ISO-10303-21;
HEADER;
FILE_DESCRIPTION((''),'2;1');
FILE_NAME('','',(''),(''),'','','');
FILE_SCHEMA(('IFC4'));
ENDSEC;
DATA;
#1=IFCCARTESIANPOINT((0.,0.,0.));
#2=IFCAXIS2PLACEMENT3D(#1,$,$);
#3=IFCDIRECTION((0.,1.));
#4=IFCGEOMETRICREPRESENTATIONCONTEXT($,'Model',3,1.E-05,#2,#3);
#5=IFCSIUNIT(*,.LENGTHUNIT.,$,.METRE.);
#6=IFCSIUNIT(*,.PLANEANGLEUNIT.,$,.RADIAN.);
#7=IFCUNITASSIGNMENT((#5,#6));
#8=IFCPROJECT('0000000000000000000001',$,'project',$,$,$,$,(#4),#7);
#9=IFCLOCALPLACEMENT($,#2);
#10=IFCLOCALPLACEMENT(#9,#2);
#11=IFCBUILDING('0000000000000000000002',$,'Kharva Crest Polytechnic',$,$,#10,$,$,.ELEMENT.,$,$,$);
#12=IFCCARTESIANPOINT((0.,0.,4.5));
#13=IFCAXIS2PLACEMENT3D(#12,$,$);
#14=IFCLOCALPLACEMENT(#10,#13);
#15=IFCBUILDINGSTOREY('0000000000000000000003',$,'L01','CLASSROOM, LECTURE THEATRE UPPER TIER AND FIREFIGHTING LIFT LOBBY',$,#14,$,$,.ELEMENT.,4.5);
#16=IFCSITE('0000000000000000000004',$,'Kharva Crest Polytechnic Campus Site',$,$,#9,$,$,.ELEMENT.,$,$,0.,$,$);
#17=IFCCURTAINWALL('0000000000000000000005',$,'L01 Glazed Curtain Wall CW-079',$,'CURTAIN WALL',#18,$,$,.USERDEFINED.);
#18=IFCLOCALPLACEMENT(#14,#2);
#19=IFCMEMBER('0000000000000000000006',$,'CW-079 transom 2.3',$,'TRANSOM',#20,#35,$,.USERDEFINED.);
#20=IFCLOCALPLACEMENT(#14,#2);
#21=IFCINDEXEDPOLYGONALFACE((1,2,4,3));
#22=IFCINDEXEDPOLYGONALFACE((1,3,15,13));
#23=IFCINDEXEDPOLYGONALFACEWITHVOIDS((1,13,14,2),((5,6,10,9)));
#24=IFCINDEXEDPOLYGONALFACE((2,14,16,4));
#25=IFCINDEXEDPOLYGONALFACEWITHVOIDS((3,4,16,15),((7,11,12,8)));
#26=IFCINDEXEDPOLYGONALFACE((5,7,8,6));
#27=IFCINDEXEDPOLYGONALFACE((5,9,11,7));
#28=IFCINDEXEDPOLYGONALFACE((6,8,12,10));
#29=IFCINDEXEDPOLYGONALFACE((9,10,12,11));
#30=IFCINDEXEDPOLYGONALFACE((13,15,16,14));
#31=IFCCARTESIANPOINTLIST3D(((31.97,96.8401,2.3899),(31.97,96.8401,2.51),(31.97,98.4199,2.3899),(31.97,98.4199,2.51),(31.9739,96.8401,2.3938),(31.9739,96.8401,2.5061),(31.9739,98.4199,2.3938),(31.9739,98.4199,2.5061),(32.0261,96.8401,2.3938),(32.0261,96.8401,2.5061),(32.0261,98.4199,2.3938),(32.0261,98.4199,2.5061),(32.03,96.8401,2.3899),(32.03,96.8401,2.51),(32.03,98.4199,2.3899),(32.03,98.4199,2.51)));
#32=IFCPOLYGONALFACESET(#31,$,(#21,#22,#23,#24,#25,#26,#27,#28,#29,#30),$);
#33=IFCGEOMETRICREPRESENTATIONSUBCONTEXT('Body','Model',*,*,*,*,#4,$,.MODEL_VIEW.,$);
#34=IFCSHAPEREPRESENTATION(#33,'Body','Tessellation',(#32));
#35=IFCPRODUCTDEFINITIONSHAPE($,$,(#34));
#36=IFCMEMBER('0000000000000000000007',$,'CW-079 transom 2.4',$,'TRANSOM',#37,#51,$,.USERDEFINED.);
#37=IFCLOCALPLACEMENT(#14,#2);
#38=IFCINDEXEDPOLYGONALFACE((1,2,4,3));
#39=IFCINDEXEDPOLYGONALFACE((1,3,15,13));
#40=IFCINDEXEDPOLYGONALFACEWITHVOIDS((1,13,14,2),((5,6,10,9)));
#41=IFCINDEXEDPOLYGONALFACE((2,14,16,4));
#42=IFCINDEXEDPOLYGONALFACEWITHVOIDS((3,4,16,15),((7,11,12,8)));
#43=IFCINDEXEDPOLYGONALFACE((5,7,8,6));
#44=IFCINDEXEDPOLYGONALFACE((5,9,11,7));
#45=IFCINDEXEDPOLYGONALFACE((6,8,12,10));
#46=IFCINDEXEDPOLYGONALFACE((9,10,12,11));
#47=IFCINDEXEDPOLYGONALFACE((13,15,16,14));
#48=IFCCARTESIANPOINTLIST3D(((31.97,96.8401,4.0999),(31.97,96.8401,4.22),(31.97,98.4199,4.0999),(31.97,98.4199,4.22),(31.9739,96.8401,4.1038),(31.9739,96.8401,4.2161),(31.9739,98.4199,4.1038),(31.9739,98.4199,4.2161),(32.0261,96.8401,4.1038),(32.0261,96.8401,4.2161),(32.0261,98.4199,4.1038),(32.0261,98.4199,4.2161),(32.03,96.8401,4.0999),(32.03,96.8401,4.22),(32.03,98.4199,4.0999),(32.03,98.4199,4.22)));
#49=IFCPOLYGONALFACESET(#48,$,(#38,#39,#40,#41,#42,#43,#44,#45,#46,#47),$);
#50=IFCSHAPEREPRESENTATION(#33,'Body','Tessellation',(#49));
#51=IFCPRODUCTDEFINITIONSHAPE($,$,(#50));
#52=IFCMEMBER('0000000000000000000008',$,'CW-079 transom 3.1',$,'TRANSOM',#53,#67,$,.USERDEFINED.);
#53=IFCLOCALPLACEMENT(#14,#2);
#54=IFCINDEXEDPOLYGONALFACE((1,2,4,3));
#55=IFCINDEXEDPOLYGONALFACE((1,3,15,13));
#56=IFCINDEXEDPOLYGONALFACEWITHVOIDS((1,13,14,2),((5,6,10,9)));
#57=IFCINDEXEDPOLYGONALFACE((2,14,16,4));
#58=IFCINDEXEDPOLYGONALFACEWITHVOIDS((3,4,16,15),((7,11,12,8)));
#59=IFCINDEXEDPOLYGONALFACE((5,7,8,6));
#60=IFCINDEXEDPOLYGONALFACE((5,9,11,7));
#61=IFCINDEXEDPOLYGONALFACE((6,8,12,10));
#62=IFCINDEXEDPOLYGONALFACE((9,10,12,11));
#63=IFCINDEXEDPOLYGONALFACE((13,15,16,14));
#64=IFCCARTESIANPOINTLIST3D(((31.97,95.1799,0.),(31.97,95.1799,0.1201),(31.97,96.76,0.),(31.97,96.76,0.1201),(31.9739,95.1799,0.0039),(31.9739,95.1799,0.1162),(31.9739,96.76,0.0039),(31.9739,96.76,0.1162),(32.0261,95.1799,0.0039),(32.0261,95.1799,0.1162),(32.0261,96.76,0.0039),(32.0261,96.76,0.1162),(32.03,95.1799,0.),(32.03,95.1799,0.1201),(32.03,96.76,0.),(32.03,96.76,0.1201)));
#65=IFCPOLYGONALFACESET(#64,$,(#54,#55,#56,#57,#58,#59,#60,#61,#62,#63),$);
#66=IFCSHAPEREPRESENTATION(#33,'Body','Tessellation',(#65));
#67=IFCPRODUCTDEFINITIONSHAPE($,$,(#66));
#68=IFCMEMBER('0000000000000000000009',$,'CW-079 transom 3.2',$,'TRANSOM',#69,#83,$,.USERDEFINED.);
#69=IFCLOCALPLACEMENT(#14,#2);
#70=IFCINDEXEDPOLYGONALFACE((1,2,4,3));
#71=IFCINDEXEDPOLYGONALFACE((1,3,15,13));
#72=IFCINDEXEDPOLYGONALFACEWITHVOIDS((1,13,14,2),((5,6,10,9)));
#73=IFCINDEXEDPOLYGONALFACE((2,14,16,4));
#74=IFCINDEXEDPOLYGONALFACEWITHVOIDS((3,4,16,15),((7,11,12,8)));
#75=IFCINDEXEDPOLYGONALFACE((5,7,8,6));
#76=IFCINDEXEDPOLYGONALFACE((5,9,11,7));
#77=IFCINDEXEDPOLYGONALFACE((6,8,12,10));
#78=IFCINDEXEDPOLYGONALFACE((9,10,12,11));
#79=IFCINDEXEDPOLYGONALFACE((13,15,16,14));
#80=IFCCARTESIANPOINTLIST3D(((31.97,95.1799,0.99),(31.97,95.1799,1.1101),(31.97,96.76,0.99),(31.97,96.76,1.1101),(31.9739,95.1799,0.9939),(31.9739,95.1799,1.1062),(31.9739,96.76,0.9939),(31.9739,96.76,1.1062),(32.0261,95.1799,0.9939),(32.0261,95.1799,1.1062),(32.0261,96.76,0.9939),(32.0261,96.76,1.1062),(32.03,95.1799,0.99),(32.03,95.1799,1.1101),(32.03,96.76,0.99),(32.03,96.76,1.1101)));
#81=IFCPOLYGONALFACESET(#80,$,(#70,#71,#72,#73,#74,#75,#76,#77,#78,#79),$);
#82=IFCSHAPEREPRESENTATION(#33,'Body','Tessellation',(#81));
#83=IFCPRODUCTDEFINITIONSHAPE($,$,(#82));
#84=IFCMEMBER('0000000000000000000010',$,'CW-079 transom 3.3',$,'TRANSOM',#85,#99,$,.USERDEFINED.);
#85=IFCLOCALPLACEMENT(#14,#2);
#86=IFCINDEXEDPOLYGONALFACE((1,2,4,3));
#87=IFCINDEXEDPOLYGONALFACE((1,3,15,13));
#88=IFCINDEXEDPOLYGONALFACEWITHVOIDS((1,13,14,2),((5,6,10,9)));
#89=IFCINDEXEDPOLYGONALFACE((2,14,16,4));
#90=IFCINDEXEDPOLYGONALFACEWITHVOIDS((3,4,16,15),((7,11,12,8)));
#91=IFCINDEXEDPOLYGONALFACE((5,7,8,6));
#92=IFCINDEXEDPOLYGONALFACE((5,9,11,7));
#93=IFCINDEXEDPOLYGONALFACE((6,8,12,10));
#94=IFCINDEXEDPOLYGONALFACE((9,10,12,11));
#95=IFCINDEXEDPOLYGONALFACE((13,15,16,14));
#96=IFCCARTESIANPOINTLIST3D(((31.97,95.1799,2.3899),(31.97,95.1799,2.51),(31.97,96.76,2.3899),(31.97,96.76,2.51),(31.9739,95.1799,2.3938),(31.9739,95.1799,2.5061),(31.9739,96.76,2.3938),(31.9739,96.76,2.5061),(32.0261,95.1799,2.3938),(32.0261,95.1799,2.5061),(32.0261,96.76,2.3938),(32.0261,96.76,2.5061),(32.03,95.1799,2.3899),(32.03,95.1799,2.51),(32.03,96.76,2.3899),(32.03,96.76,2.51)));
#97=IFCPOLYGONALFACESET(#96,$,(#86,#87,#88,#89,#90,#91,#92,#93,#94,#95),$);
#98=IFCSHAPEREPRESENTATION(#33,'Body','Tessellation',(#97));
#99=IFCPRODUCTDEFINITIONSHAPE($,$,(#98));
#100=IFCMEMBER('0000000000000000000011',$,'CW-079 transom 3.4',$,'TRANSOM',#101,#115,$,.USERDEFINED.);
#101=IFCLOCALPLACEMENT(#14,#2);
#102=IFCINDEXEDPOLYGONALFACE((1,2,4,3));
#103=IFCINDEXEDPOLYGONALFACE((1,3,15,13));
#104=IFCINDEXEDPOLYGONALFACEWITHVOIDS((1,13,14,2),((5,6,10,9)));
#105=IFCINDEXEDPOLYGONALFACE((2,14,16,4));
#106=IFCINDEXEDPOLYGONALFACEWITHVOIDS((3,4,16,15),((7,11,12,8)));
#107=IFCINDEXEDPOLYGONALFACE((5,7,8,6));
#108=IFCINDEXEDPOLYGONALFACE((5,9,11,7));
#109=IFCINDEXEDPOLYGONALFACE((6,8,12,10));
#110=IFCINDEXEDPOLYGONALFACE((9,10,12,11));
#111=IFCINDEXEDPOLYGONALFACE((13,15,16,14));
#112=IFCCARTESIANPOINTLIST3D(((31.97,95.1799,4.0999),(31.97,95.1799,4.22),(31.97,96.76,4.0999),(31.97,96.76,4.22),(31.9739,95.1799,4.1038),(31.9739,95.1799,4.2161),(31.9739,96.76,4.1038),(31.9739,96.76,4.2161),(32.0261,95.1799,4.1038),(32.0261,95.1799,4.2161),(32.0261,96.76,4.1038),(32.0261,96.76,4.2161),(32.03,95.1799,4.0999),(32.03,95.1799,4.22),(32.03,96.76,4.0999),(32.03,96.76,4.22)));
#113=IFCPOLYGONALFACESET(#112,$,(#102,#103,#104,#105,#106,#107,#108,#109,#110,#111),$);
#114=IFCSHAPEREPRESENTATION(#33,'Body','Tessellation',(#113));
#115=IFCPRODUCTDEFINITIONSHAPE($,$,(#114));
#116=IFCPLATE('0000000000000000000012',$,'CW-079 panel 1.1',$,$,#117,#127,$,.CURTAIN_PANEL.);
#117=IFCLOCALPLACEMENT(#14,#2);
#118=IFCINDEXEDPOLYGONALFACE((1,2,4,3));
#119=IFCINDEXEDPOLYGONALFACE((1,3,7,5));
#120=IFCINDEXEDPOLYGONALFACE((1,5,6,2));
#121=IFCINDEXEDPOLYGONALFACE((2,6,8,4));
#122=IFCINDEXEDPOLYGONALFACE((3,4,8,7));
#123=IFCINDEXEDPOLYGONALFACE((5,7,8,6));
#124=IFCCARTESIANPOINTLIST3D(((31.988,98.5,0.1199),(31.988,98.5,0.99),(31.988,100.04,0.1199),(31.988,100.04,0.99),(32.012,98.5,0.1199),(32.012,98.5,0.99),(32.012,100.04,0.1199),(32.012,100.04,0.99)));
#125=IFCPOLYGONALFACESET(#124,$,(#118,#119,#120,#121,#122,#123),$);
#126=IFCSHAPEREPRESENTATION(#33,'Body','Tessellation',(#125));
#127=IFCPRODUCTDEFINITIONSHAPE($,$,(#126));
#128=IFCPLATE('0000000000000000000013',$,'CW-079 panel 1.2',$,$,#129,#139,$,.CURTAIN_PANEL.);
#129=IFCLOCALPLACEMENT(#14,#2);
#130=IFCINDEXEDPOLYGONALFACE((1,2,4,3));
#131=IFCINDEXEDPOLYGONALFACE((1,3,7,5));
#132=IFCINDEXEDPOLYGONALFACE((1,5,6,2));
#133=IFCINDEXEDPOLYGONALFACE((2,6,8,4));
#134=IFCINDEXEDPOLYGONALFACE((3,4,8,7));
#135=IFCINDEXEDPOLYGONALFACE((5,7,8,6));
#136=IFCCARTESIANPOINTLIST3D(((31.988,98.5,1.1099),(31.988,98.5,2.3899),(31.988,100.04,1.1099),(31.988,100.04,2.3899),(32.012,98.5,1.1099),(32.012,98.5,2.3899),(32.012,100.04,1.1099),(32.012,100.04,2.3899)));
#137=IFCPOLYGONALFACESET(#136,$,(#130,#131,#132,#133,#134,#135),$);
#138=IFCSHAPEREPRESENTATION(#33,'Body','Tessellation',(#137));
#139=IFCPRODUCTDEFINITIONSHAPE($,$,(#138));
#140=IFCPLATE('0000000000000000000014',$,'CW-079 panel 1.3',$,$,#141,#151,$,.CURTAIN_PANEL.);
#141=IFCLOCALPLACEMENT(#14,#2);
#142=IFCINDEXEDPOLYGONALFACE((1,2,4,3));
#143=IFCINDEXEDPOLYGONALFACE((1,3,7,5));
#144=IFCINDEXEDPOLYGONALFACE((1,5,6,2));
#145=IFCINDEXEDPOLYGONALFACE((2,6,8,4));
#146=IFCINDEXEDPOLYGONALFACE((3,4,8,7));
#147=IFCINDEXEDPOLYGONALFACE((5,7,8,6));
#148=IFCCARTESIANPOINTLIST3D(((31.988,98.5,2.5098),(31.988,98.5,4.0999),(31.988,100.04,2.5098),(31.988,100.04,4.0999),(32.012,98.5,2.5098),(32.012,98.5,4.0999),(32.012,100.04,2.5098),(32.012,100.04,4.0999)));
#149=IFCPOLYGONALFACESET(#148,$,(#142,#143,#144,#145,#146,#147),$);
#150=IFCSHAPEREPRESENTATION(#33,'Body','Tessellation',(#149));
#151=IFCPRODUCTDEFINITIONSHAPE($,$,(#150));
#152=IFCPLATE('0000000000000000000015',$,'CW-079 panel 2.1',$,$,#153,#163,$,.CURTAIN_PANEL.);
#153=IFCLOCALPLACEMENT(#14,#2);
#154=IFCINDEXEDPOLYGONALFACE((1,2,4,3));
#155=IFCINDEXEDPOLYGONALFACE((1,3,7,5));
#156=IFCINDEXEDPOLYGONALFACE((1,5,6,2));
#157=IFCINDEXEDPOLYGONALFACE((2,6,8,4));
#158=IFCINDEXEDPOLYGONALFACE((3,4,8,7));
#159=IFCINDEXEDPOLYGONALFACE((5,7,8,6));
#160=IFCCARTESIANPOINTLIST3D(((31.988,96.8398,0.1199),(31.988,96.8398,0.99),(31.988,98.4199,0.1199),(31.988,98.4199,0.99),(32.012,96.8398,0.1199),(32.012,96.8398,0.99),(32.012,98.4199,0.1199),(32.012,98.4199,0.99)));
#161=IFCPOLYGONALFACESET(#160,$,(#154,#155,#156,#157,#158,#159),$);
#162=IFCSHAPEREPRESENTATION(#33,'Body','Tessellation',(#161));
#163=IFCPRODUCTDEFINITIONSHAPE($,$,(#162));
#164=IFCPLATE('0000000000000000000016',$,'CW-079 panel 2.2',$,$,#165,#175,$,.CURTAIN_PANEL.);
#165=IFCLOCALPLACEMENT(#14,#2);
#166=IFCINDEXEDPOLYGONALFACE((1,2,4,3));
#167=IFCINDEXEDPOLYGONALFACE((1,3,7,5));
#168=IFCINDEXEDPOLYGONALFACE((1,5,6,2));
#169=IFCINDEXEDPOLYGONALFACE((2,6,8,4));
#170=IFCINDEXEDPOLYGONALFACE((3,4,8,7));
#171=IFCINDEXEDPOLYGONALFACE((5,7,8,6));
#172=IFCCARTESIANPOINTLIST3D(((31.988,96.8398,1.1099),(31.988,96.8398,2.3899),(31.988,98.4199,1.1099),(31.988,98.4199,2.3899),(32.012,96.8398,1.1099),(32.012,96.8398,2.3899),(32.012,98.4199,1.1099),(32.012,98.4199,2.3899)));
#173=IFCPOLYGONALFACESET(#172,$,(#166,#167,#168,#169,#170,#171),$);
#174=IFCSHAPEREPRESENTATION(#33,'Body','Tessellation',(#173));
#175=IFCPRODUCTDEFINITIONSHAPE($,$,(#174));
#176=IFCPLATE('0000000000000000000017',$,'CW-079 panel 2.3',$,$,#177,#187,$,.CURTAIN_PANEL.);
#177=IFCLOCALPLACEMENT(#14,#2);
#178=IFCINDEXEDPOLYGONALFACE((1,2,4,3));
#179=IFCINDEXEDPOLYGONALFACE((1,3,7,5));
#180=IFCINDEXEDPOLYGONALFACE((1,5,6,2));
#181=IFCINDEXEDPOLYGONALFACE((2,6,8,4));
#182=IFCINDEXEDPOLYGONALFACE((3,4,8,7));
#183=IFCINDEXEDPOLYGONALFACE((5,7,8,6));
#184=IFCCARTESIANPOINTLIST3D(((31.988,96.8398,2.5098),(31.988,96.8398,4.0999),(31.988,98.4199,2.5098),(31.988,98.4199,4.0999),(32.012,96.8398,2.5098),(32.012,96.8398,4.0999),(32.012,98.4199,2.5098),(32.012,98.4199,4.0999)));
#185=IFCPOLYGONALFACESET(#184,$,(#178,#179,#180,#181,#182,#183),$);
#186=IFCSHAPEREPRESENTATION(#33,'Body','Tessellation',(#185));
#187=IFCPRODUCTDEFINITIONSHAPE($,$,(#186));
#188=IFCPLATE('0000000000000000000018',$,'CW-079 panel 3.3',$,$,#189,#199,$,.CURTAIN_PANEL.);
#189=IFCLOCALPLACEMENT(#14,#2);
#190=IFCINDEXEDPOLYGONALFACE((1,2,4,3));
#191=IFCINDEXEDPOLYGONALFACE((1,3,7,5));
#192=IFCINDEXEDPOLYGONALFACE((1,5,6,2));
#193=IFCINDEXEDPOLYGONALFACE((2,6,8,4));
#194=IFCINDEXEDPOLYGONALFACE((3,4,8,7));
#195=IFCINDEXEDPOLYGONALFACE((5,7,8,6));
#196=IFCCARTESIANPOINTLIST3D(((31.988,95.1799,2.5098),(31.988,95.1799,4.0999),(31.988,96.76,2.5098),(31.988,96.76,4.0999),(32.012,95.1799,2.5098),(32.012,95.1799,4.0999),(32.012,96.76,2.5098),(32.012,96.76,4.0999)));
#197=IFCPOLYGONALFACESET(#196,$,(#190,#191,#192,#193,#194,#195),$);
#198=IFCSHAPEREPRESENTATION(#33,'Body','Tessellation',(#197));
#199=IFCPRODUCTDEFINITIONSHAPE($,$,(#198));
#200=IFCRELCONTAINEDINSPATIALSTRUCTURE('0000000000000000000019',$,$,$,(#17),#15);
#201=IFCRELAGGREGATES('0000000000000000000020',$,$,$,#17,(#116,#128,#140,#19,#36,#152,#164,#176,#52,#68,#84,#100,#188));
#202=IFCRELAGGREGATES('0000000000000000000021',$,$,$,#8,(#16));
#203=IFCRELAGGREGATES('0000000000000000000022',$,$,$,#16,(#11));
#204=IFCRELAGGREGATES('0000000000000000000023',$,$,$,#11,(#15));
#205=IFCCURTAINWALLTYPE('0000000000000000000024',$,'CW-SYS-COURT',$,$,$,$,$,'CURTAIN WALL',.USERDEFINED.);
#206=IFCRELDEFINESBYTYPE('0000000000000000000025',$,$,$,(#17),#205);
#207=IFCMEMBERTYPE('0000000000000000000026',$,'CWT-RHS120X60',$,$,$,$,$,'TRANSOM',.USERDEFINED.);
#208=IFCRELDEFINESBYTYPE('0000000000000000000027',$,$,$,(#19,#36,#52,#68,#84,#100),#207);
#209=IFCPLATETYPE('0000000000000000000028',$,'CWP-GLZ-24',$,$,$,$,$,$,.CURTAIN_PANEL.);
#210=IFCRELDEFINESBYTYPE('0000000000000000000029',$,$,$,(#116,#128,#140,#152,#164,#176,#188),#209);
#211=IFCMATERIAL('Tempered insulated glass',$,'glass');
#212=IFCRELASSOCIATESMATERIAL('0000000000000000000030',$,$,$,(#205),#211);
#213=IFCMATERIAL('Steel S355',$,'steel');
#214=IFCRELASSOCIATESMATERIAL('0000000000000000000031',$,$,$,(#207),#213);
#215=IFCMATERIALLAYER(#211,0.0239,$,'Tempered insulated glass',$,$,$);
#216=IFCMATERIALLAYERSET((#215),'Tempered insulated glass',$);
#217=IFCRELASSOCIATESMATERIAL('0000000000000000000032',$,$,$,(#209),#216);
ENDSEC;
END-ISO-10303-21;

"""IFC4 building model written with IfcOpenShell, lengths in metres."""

from ifc_helpers import new_model, si_unit, direction, frame, origin, origin_2d, place, context, subcontext, project, spatial, rectangle, hollow_rectangle, extrude, material, layer, layer_set, material_profile, profile_set, type_object, element, aggregate, save


model = new_model("IFC4")

# Units and contexts
model_context = context("Model", 3, precision=1e-05, world=origin(), true_north=direction((0.0, 1.0)))
body_context = subcontext(model_context, "Body", "Model", "MODEL_VIEW")
ifc_project = project(units=[si_unit("LENGTHUNIT", "METRE"), si_unit("PLANEANGLEUNIT", "RADIAN")], contexts=[model_context])

# Site, building, storey
site_placement = place(None, origin())
site = spatial("IfcSite", under=ifc_project, at=site_placement, Name="Kharva Crest Polytechnic Campus Site", CompositionType="ELEMENT", RefElevation=0.0)
building_placement = place(site_placement, origin())
building = spatial("IfcBuilding", under=site, at=building_placement, Name="Kharva Crest Polytechnic", CompositionType="ELEMENT")
storey_placement = place(building_placement, frame((0.0, 0.0, 4.5)))
storey = spatial("IfcBuildingStorey", under=building, at=storey_placement, Name="L01", Description="CLASSROOM, LECTURE THEATRE UPPER TIER AND FIREFIGHTING LIFT LOBBY", CompositionType="ELEMENT", Elevation=4.5)

# Curtain wall, members, plates
ifc_material_1 = material(Name="Tempered insulated glass", Category="glass")
curtain_wall_type = type_object("IfcCurtainWallType", Name="CW-SYS-COURT", ElementType="CURTAIN WALL", PredefinedType="USERDEFINED", material=ifc_material_1)
curtain_wall_placement = place(storey_placement, origin())
curtain_wall = element("IfcCurtainWall", 1, at=curtain_wall_placement, inside=storey, type_object=curtain_wall_type, Name="L01 Glazed Curtain Wall CW-079", ObjectType="CURTAIN WALL", PredefinedType="USERDEFINED")
ifc_material_2 = material(Name="Steel S355", Category="steel")
ifc_material_profile_1 = material_profile(ifc_material_2, hollow_rectangle(XDim=0.0601, YDim=0.1201, WallThickness=0.0039, at=origin_2d()), Name="RHS 120X60X4.0")
ifc_profile_set_1 = profile_set([ifc_material_profile_1], Name="Steel S355")
member_type_1 = type_object("IfcMemberType", Name="CWT-RHS120X60", ElementType="TRANSOM", PredefinedType="USERDEFINED", material=ifc_profile_set_1)
member_1_placement = place(storey_placement, frame((32.0, 98.4199, 2.45), z_axis=(0.0, -1.0, 0.0), x_axis=(1.0, 0.0, 0.0)))
member_1 = element("IfcMember", 2, at=member_1_placement, type_object=member_type_1, Name="CW-079 transom 2.3", ObjectType="TRANSOM", PredefinedType="USERDEFINED", context=body_context, shape_type="SweptSolid", body=[
    extrude(hollow_rectangle(XDim=0.0601, YDim=0.1201, WallThickness=0.0039, at=origin_2d()), origin(), (0.0, 0.0, 1.0), 1.5798),
])
member_2_placement = place(storey_placement, frame((32.0, 98.4199, 4.1599), z_axis=(0.0, -1.0, 0.0), x_axis=(1.0, 0.0, 0.0)))
member_2 = element("IfcMember", 3, at=member_2_placement, type_object=member_type_1, Name="CW-079 transom 2.4", ObjectType="TRANSOM", PredefinedType="USERDEFINED", context=body_context, shape_type="SweptSolid", body=[
    extrude(hollow_rectangle(XDim=0.0601, YDim=0.1201, WallThickness=0.0039, at=origin_2d()), origin(), (0.0, 0.0, 1.0), 1.5798),
])
member_3_placement = place(storey_placement, frame((32.0, 96.76, 0.0601), z_axis=(0.0, -1.0, 0.0), x_axis=(1.0, 0.0, 0.0)))
member_3 = element("IfcMember", 4, at=member_3_placement, type_object=member_type_1, Name="CW-079 transom 3.1", ObjectType="TRANSOM", PredefinedType="USERDEFINED", context=body_context, shape_type="SweptSolid", body=[
    extrude(hollow_rectangle(XDim=0.0601, YDim=0.1201, WallThickness=0.0039, at=origin_2d()), origin(), (0.0, 0.0, 1.0), 1.5801),
])
member_4_placement = place(storey_placement, frame((32.0, 96.76, 1.05), z_axis=(0.0, -1.0, 0.0), x_axis=(1.0, 0.0, 0.0)))
member_4 = element("IfcMember", 5, at=member_4_placement, type_object=member_type_1, Name="CW-079 transom 3.2", ObjectType="TRANSOM", PredefinedType="USERDEFINED", context=body_context, shape_type="SweptSolid", body=[
    extrude(hollow_rectangle(XDim=0.0601, YDim=0.1201, WallThickness=0.0039, at=origin_2d()), origin(), (0.0, 0.0, 1.0), 1.5801),
])
member_5_placement = place(storey_placement, frame((32.0, 96.76, 2.45), z_axis=(0.0, -1.0, 0.0), x_axis=(1.0, 0.0, 0.0)))
member_5 = element("IfcMember", 6, at=member_5_placement, type_object=member_type_1, Name="CW-079 transom 3.3", ObjectType="TRANSOM", PredefinedType="USERDEFINED", context=body_context, shape_type="SweptSolid", body=[
    extrude(hollow_rectangle(XDim=0.0601, YDim=0.1201, WallThickness=0.0039, at=origin_2d()), origin(), (0.0, 0.0, 1.0), 1.5801),
])
member_6_placement = place(storey_placement, frame((32.0, 96.76, 4.1599), z_axis=(0.0, -1.0, 0.0), x_axis=(1.0, 0.0, 0.0)))
member_6 = element("IfcMember", 7, at=member_6_placement, type_object=member_type_1, Name="CW-079 transom 3.4", ObjectType="TRANSOM", PredefinedType="USERDEFINED", context=body_context, shape_type="SweptSolid", body=[
    extrude(hollow_rectangle(XDim=0.0601, YDim=0.1201, WallThickness=0.0039, at=origin_2d()), origin(), (0.0, 0.0, 1.0), 1.5801),
])
ifc_layer = layer(ifc_material_1, 0.0239, Name="Tempered insulated glass")
ifc_layer_set = layer_set([ifc_layer], Name="Tempered insulated glass")
plate_type = type_object("IfcPlateType", Name="CWP-GLZ-24", PredefinedType="CURTAIN_PANEL", material=ifc_layer_set)
plate_1_placement = place(storey_placement, frame((32.0, 99.27, 0.1199), z_axis=(0.0, 0.0, 1.0), x_axis=(0.0, -1.0, 0.0)))
plate_1 = element("IfcPlate", 8, at=plate_1_placement, type_object=plate_type, Name="CW-079 panel 1.1", PredefinedType="CURTAIN_PANEL", context=body_context, shape_type="SweptSolid", body=[
    extrude(rectangle(XDim=1.54, YDim=0.0239, at=origin_2d()), origin(), (0.0, 0.0, 1.0), 0.8701),
])
plate_2_placement = place(storey_placement, frame((32.0, 99.27, 1.1099), z_axis=(0.0, 0.0, 1.0), x_axis=(0.0, -1.0, 0.0)))
plate_2 = element("IfcPlate", 9, at=plate_2_placement, type_object=plate_type, Name="CW-079 panel 1.2", PredefinedType="CURTAIN_PANEL", context=body_context, shape_type="SweptSolid", body=[
    extrude(rectangle(XDim=1.54, YDim=0.0239, at=origin_2d()), origin(), (0.0, 0.0, 1.0), 1.28),
])
plate_3_placement = place(storey_placement, frame((32.0, 99.27, 2.5098), z_axis=(0.0, 0.0, 1.0), x_axis=(0.0, -1.0, 0.0)))
plate_3 = element("IfcPlate", 10, at=plate_3_placement, type_object=plate_type, Name="CW-079 panel 1.3", PredefinedType="CURTAIN_PANEL", context=body_context, shape_type="SweptSolid", body=[
    extrude(rectangle(XDim=1.54, YDim=0.0239, at=origin_2d()), origin(), (0.0, 0.0, 1.0), 1.5901),
])
plate_4_placement = place(storey_placement, frame((32.0, 97.6299, 0.1199), z_axis=(0.0, 0.0, 1.0), x_axis=(0.0, -1.0, 0.0)))
plate_4 = element("IfcPlate", 11, at=plate_4_placement, type_object=plate_type, Name="CW-079 panel 2.1", PredefinedType="CURTAIN_PANEL", context=body_context, shape_type="SweptSolid", body=[
    extrude(rectangle(XDim=1.5801, YDim=0.0239, at=origin_2d()), origin(), (0.0, 0.0, 1.0), 0.8701),
])
plate_5_placement = place(storey_placement, frame((32.0, 97.6299, 1.1099), z_axis=(0.0, 0.0, 1.0), x_axis=(0.0, -1.0, 0.0)))
plate_5 = element("IfcPlate", 12, at=plate_5_placement, type_object=plate_type, Name="CW-079 panel 2.2", PredefinedType="CURTAIN_PANEL", context=body_context, shape_type="SweptSolid", body=[
    extrude(rectangle(XDim=1.5801, YDim=0.0239, at=origin_2d()), origin(), (0.0, 0.0, 1.0), 1.28),
])
plate_6_placement = place(storey_placement, frame((32.0, 97.6299, 2.5098), z_axis=(0.0, 0.0, 1.0), x_axis=(0.0, -1.0, 0.0)))
plate_6 = element("IfcPlate", 13, at=plate_6_placement, type_object=plate_type, Name="CW-079 panel 2.3", PredefinedType="CURTAIN_PANEL", context=body_context, shape_type="SweptSolid", body=[
    extrude(rectangle(XDim=1.5801, YDim=0.0239, at=origin_2d()), origin(), (0.0, 0.0, 1.0), 1.5901),
])
plate_7_placement = place(storey_placement, frame((32.0, 95.97, 2.5098), z_axis=(0.0, 0.0, 1.0), x_axis=(0.0, -1.0, 0.0)))
plate_7 = element("IfcPlate", 14, at=plate_7_placement, type_object=plate_type, Name="CW-079 panel 3.3", PredefinedType="CURTAIN_PANEL", context=body_context, shape_type="SweptSolid", body=[
    extrude(rectangle(XDim=1.5801, YDim=0.0239, at=origin_2d()), origin(), (0.0, 0.0, 1.0), 1.5901),
])
aggregate(curtain_wall, [plate_1, plate_2, plate_3, member_1, member_2, plate_4, plate_5, plate_6, member_3, member_4, member_5, member_6, plate_7])

save(model, "model.ifc")
